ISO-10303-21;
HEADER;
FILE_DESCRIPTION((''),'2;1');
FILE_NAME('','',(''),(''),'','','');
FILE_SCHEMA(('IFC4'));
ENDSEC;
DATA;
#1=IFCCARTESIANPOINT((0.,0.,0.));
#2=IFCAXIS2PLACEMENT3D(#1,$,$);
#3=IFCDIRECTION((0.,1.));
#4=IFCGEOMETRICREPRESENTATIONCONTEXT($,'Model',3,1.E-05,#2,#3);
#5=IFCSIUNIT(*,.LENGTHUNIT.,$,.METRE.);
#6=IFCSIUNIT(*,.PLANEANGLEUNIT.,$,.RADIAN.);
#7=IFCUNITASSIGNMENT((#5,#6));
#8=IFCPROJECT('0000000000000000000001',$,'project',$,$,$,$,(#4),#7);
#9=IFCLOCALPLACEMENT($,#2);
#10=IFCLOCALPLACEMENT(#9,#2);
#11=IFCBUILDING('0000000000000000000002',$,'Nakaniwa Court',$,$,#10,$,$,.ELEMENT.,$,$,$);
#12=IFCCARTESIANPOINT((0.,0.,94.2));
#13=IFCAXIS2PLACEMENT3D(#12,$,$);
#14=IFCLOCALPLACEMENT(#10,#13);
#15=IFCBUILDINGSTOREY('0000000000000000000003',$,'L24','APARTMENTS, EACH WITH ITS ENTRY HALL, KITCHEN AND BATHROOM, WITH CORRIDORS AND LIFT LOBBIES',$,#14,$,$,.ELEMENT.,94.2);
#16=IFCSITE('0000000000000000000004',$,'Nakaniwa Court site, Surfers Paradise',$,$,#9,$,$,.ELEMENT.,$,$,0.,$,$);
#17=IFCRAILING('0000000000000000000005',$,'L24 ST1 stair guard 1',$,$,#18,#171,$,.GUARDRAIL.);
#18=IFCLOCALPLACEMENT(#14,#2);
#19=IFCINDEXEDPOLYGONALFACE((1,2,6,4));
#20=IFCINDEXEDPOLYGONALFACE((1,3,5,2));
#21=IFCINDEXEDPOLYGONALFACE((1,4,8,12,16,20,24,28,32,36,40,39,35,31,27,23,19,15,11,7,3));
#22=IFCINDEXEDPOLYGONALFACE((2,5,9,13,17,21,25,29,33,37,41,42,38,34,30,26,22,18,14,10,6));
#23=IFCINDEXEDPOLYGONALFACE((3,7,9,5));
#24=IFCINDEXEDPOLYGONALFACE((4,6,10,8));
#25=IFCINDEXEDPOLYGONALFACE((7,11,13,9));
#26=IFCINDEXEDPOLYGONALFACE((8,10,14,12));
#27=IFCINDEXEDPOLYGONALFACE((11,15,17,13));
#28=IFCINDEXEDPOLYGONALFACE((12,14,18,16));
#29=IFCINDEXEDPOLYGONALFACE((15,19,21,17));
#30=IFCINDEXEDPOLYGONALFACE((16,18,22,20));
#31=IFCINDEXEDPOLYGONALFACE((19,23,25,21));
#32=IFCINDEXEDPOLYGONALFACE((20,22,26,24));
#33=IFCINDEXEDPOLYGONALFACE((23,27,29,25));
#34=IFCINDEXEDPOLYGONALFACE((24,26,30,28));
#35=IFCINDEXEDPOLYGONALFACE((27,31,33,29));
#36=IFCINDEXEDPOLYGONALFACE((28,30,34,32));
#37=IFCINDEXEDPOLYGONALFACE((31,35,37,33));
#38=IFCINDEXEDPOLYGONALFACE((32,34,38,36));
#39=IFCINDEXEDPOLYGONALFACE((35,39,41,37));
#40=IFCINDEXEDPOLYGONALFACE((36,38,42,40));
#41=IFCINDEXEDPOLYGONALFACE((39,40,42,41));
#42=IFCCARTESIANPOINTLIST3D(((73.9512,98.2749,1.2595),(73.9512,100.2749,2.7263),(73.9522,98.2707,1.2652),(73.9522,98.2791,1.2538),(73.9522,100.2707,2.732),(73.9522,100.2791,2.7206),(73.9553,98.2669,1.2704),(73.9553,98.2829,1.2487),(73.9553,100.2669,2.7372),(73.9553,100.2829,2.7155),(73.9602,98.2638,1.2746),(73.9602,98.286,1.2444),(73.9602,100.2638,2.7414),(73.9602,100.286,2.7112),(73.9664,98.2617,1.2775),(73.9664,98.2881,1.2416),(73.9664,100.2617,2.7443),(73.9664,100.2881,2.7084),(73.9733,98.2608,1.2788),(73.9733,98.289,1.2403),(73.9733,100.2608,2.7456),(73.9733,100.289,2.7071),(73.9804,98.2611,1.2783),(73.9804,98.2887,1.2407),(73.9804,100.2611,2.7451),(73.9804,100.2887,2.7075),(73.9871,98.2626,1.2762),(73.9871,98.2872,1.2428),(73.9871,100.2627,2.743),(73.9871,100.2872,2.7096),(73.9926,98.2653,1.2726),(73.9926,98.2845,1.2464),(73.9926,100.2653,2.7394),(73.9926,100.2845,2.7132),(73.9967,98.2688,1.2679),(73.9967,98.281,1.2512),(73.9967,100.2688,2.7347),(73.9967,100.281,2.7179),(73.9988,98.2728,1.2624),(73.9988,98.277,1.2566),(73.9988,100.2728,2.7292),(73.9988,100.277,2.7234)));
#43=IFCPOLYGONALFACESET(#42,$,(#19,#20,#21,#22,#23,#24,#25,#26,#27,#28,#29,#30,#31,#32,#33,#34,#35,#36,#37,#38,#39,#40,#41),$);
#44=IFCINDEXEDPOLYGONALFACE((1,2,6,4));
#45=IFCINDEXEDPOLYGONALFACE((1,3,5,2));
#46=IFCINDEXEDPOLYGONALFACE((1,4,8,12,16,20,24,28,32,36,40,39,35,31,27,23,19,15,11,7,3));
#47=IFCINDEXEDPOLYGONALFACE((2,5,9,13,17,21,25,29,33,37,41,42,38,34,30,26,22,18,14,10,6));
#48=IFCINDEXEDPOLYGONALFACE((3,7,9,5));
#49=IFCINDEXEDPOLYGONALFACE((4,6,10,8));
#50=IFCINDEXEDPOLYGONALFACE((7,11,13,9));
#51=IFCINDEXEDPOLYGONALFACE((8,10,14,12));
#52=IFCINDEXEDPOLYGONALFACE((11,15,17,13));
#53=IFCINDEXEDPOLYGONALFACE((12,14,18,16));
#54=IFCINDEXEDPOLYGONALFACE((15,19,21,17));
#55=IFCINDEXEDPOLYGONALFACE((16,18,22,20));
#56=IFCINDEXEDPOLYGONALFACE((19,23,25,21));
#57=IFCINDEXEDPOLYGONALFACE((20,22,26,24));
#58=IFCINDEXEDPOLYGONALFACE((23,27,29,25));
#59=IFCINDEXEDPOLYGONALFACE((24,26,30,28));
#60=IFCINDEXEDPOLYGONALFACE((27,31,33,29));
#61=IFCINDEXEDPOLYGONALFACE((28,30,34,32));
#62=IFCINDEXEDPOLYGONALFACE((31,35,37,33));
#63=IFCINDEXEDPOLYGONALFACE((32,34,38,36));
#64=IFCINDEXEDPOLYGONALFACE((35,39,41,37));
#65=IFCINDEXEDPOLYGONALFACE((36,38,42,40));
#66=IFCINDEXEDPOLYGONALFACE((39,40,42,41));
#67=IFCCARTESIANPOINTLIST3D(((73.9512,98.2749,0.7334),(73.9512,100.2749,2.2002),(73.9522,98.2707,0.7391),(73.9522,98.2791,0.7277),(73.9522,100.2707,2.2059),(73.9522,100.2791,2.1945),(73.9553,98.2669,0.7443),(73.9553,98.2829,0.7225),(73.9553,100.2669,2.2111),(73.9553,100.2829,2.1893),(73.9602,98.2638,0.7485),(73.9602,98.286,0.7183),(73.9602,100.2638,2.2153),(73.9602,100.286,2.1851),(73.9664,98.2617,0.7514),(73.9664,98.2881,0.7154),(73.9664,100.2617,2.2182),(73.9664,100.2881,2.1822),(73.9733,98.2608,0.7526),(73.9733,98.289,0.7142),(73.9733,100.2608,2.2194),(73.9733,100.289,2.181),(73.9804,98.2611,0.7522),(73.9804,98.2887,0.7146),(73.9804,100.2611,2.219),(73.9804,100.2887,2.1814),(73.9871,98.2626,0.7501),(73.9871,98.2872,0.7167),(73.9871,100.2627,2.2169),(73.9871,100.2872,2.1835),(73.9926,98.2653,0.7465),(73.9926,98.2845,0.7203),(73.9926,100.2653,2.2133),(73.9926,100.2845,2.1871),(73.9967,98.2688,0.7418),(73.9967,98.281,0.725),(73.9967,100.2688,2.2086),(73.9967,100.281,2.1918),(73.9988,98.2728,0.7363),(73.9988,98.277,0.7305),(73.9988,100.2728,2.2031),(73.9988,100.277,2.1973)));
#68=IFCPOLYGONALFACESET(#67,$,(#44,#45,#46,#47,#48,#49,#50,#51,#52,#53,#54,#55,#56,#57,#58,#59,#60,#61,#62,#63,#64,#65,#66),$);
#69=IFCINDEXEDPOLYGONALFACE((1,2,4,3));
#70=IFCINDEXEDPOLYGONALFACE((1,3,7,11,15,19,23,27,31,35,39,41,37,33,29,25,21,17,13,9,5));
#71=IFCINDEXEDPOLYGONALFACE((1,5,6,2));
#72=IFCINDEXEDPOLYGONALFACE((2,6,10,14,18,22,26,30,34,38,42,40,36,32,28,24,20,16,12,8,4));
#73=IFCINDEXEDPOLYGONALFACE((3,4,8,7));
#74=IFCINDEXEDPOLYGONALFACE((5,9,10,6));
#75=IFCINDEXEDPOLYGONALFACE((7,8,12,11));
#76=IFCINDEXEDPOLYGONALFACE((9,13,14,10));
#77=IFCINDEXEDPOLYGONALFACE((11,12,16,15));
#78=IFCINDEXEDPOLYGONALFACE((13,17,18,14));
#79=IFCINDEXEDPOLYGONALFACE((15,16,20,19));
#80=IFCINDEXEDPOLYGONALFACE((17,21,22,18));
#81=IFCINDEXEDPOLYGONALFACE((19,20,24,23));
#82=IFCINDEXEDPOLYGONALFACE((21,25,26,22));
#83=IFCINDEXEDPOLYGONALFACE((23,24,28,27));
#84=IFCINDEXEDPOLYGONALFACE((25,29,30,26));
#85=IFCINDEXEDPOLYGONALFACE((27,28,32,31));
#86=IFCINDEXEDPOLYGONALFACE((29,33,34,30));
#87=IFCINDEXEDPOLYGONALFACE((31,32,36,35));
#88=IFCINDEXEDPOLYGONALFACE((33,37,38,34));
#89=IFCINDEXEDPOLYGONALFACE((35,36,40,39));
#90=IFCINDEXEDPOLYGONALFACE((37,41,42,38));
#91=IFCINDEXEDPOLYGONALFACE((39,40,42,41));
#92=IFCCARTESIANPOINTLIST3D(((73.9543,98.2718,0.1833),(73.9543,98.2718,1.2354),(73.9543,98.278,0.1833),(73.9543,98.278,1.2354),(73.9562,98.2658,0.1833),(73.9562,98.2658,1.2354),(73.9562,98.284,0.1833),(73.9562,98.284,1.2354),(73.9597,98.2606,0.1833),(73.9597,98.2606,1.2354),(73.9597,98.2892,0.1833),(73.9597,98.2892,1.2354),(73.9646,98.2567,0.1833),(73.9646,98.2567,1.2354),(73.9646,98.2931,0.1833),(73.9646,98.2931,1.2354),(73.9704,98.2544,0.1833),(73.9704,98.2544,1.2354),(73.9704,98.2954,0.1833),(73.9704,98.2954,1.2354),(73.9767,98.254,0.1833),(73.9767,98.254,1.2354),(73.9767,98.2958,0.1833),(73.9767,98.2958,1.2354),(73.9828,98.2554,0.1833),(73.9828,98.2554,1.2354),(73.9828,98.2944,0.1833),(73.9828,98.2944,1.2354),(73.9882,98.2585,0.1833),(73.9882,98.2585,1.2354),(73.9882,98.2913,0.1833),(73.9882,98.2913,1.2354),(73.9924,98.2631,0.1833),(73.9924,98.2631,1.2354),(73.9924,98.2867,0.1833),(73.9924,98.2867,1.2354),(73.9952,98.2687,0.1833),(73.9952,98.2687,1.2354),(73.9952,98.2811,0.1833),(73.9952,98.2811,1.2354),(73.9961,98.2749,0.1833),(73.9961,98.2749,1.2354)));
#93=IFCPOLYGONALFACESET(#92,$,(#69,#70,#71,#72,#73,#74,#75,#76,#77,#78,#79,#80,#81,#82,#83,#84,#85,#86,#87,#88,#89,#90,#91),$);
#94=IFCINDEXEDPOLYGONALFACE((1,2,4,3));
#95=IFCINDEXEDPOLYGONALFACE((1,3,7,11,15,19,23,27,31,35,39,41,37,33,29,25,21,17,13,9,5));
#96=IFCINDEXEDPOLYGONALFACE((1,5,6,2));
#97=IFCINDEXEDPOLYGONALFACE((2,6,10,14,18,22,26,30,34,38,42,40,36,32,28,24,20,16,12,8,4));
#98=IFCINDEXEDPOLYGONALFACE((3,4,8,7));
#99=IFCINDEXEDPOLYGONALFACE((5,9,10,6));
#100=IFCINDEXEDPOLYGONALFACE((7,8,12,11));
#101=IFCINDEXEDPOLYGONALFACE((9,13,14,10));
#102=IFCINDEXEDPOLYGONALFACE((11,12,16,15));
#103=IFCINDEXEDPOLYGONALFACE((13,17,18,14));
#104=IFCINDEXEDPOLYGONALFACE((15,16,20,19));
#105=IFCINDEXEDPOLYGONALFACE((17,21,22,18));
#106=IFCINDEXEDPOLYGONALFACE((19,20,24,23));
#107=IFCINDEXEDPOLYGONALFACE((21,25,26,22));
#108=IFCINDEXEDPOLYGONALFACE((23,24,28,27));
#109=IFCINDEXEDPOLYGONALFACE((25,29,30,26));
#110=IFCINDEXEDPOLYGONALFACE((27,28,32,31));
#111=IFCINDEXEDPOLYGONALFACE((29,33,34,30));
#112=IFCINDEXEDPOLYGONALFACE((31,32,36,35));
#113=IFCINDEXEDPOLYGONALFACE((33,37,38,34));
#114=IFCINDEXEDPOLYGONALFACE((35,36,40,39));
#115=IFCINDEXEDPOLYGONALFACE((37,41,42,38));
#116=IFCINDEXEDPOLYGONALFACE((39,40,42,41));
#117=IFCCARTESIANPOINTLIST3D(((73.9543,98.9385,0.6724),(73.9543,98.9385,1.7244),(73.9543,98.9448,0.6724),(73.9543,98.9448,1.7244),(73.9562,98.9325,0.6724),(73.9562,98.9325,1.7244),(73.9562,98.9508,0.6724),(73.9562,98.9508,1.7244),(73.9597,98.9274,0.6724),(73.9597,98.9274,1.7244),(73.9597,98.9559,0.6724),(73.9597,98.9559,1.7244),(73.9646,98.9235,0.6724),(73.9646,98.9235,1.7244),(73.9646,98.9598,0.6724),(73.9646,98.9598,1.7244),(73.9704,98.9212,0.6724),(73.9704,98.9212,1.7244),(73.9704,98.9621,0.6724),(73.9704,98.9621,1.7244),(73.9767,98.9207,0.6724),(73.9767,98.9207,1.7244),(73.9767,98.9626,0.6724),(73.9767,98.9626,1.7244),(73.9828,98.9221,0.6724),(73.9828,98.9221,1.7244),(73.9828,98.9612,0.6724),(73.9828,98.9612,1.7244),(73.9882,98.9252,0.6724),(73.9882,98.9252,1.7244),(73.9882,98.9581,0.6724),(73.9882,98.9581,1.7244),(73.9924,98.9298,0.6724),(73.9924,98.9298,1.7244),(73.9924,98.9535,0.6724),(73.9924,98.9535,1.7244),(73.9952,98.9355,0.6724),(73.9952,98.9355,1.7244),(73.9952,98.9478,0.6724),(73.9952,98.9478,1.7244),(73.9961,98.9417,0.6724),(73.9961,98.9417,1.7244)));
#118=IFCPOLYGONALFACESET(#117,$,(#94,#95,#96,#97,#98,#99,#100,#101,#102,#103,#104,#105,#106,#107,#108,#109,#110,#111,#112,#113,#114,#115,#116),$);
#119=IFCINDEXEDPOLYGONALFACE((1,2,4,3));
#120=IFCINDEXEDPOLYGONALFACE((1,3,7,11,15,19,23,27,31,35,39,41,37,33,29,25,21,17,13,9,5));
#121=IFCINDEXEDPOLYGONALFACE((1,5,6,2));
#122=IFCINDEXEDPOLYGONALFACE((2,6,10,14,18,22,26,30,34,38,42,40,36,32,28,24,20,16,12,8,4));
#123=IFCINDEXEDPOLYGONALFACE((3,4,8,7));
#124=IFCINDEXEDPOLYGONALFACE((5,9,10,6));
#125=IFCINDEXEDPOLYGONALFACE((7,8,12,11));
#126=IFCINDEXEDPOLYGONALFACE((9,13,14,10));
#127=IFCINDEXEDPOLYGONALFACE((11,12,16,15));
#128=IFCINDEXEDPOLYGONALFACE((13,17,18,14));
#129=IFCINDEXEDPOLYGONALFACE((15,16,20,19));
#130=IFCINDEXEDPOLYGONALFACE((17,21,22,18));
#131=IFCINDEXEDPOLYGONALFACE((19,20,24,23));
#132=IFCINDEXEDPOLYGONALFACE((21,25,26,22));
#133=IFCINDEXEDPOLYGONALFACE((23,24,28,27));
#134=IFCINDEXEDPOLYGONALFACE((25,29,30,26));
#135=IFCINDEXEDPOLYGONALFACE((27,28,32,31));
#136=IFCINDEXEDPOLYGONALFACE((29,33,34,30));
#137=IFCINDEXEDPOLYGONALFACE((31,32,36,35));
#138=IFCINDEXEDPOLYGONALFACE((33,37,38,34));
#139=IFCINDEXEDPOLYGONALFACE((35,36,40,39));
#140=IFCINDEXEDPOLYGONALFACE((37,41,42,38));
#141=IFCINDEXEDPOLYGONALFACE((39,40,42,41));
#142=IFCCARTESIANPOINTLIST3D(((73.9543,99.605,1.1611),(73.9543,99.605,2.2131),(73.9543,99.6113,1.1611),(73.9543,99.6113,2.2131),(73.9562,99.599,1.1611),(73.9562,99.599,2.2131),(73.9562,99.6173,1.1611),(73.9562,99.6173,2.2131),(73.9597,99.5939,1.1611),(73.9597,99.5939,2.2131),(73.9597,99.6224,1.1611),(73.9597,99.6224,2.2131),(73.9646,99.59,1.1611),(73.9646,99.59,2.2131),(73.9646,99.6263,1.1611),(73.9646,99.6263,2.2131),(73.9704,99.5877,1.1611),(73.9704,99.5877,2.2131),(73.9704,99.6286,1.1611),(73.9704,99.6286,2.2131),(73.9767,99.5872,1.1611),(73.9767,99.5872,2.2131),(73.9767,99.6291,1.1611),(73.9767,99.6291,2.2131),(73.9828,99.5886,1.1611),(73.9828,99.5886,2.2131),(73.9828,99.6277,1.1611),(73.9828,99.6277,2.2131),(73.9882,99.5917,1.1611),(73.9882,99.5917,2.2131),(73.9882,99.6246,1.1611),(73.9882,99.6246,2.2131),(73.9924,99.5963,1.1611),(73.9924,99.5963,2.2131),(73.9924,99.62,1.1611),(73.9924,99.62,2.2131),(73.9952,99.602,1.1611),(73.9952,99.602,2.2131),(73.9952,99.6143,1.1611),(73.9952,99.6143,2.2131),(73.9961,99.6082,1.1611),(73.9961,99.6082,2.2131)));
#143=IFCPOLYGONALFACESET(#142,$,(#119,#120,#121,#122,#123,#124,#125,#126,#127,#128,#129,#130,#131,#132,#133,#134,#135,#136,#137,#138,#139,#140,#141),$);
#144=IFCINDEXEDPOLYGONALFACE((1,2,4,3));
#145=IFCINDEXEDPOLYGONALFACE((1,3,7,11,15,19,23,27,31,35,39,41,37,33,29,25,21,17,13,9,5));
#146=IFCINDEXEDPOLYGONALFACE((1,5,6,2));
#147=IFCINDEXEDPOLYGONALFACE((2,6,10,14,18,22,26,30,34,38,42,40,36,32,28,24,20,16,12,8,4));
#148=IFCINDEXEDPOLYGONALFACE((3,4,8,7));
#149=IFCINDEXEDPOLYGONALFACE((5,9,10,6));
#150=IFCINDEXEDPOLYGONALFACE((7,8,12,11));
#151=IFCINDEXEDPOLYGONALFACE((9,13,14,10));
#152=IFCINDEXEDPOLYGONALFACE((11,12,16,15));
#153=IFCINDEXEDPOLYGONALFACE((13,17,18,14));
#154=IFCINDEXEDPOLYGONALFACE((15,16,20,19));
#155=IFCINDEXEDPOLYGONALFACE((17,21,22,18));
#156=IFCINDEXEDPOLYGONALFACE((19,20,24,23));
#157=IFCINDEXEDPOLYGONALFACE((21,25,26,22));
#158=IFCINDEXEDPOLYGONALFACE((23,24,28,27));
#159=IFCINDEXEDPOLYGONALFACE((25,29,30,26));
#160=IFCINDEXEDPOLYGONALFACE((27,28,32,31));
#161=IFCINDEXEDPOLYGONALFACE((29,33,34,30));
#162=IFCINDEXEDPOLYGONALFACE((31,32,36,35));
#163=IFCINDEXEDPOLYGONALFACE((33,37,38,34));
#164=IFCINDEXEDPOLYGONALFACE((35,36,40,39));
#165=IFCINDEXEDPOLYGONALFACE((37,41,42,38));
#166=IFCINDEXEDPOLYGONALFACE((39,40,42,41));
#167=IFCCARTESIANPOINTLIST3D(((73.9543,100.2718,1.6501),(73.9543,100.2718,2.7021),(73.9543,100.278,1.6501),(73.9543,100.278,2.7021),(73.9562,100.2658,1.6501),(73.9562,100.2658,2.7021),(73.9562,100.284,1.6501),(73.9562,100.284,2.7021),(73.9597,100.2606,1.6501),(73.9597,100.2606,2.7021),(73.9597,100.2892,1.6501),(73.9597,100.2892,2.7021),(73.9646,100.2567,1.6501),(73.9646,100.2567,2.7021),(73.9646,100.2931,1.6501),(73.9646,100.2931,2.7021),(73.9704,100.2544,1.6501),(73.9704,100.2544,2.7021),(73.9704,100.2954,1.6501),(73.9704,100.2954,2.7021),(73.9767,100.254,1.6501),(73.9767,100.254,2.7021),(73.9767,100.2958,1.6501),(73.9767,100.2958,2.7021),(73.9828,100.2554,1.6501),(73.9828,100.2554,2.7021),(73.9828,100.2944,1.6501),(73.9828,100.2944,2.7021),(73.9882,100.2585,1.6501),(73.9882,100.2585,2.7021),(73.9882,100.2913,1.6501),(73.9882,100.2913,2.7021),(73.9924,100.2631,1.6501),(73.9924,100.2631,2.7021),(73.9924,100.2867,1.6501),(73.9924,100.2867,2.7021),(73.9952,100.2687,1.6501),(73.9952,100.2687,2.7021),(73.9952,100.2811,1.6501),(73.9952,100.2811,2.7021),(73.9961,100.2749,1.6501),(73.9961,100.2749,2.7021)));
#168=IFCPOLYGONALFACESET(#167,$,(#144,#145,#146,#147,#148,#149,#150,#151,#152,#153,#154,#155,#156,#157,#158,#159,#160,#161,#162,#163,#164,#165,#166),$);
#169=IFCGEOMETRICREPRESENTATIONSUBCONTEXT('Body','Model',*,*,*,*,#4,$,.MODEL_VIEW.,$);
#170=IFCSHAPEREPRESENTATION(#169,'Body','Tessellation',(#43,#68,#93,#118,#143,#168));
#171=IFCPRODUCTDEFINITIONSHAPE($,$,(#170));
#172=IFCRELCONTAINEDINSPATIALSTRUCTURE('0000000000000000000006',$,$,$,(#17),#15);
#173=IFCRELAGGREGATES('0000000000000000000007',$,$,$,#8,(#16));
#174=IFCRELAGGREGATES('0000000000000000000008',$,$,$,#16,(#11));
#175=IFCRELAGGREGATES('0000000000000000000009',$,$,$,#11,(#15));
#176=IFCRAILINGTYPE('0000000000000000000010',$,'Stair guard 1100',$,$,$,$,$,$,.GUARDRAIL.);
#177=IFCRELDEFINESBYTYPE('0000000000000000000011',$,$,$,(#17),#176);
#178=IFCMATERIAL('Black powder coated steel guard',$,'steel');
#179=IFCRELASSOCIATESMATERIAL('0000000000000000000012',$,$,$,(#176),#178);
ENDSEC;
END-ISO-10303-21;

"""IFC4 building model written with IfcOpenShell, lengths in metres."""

from ifc_helpers import new_model, si_unit, direction, frame, origin, origin_2d, place, context, subcontext, project, spatial, circle, extrude, material, type_object, element, save


model = new_model("IFC4")

# Units and contexts
model_context = context("Model", 3, precision=1e-05, world=origin(), true_north=direction((0.0, 1.0)))
body_context = subcontext(model_context, "Body", "Model", "MODEL_VIEW")
ifc_project = project(units=[si_unit("LENGTHUNIT", "METRE"), si_unit("PLANEANGLEUNIT", "RADIAN")], contexts=[model_context])

# Site, building, storey
site_placement = place(None, origin())
site = spatial("IfcSite", under=ifc_project, at=site_placement, Name="Nakaniwa Court site, Surfers Paradise", CompositionType="ELEMENT", RefElevation=0.0)
building_placement = place(site_placement, origin())
building = spatial("IfcBuilding", under=site, at=building_placement, Name="Nakaniwa Court", CompositionType="ELEMENT")
storey_placement = place(building_placement, frame((0.0, 0.0, 94.2)))
storey = spatial("IfcBuildingStorey", under=building, at=storey_placement, Name="L24", Description="APARTMENTS, EACH WITH ITS ENTRY HALL, KITCHEN AND BATHROOM, WITH CORRIDORS AND LIFT LOBBIES", CompositionType="ELEMENT", Elevation=94.2)

# Railing
ifc_material_1 = material(Name="Black powder coated steel guard", Category="steel")
railing_type_1 = type_object("IfcRailingType", Name="Stair guard 1100", PredefinedType="GUARDRAIL", material=ifc_material_1)
railing_1_placement = place(storey_placement, frame((73.9751, 98.2749, 0.1833)))
element("IfcRailing", 1, at=railing_1_placement, inside=storey, type_object=railing_type_1, Name="L24 ST1 stair guard 1", PredefinedType="GUARDRAIL", context=body_context, shape_type="SweptSolid", body=[
    extrude(circle(Radius=0.0239, at=origin_2d()), frame((0.0, 0.0, 1.0762), z_axis=(0.0, 0.80638, 0.591398), x_axis=(-1.0, 0.0, 0.0)), (0.0, 0.0, 1.0), 2.4802),
    extrude(circle(Radius=0.0239, at=origin_2d()), frame((0.0, 0.0, 0.55), z_axis=(0.0, 0.80638, 0.591398), x_axis=(-1.0, 0.0, 0.0)), (0.0, 0.0, 1.0), 2.4802),
    extrude(circle(Radius=0.021, at=origin_2d()), origin(), (0.0, 0.0, 1.0), 1.052),
    extrude(circle(Radius=0.021, at=origin_2d()), frame((0.0, 0.6667, 0.489)), (0.0, 0.0, 1.0), 1.052),
    extrude(circle(Radius=0.021, at=origin_2d()), frame((0.0, 1.3333, 0.9778)), (0.0, 0.0, 1.0), 1.052),
    extrude(circle(Radius=0.021, at=origin_2d()), frame((0.0, 2.0, 1.4668)), (0.0, 0.0, 1.0), 1.052),
])

save(model, "model.ifc")
